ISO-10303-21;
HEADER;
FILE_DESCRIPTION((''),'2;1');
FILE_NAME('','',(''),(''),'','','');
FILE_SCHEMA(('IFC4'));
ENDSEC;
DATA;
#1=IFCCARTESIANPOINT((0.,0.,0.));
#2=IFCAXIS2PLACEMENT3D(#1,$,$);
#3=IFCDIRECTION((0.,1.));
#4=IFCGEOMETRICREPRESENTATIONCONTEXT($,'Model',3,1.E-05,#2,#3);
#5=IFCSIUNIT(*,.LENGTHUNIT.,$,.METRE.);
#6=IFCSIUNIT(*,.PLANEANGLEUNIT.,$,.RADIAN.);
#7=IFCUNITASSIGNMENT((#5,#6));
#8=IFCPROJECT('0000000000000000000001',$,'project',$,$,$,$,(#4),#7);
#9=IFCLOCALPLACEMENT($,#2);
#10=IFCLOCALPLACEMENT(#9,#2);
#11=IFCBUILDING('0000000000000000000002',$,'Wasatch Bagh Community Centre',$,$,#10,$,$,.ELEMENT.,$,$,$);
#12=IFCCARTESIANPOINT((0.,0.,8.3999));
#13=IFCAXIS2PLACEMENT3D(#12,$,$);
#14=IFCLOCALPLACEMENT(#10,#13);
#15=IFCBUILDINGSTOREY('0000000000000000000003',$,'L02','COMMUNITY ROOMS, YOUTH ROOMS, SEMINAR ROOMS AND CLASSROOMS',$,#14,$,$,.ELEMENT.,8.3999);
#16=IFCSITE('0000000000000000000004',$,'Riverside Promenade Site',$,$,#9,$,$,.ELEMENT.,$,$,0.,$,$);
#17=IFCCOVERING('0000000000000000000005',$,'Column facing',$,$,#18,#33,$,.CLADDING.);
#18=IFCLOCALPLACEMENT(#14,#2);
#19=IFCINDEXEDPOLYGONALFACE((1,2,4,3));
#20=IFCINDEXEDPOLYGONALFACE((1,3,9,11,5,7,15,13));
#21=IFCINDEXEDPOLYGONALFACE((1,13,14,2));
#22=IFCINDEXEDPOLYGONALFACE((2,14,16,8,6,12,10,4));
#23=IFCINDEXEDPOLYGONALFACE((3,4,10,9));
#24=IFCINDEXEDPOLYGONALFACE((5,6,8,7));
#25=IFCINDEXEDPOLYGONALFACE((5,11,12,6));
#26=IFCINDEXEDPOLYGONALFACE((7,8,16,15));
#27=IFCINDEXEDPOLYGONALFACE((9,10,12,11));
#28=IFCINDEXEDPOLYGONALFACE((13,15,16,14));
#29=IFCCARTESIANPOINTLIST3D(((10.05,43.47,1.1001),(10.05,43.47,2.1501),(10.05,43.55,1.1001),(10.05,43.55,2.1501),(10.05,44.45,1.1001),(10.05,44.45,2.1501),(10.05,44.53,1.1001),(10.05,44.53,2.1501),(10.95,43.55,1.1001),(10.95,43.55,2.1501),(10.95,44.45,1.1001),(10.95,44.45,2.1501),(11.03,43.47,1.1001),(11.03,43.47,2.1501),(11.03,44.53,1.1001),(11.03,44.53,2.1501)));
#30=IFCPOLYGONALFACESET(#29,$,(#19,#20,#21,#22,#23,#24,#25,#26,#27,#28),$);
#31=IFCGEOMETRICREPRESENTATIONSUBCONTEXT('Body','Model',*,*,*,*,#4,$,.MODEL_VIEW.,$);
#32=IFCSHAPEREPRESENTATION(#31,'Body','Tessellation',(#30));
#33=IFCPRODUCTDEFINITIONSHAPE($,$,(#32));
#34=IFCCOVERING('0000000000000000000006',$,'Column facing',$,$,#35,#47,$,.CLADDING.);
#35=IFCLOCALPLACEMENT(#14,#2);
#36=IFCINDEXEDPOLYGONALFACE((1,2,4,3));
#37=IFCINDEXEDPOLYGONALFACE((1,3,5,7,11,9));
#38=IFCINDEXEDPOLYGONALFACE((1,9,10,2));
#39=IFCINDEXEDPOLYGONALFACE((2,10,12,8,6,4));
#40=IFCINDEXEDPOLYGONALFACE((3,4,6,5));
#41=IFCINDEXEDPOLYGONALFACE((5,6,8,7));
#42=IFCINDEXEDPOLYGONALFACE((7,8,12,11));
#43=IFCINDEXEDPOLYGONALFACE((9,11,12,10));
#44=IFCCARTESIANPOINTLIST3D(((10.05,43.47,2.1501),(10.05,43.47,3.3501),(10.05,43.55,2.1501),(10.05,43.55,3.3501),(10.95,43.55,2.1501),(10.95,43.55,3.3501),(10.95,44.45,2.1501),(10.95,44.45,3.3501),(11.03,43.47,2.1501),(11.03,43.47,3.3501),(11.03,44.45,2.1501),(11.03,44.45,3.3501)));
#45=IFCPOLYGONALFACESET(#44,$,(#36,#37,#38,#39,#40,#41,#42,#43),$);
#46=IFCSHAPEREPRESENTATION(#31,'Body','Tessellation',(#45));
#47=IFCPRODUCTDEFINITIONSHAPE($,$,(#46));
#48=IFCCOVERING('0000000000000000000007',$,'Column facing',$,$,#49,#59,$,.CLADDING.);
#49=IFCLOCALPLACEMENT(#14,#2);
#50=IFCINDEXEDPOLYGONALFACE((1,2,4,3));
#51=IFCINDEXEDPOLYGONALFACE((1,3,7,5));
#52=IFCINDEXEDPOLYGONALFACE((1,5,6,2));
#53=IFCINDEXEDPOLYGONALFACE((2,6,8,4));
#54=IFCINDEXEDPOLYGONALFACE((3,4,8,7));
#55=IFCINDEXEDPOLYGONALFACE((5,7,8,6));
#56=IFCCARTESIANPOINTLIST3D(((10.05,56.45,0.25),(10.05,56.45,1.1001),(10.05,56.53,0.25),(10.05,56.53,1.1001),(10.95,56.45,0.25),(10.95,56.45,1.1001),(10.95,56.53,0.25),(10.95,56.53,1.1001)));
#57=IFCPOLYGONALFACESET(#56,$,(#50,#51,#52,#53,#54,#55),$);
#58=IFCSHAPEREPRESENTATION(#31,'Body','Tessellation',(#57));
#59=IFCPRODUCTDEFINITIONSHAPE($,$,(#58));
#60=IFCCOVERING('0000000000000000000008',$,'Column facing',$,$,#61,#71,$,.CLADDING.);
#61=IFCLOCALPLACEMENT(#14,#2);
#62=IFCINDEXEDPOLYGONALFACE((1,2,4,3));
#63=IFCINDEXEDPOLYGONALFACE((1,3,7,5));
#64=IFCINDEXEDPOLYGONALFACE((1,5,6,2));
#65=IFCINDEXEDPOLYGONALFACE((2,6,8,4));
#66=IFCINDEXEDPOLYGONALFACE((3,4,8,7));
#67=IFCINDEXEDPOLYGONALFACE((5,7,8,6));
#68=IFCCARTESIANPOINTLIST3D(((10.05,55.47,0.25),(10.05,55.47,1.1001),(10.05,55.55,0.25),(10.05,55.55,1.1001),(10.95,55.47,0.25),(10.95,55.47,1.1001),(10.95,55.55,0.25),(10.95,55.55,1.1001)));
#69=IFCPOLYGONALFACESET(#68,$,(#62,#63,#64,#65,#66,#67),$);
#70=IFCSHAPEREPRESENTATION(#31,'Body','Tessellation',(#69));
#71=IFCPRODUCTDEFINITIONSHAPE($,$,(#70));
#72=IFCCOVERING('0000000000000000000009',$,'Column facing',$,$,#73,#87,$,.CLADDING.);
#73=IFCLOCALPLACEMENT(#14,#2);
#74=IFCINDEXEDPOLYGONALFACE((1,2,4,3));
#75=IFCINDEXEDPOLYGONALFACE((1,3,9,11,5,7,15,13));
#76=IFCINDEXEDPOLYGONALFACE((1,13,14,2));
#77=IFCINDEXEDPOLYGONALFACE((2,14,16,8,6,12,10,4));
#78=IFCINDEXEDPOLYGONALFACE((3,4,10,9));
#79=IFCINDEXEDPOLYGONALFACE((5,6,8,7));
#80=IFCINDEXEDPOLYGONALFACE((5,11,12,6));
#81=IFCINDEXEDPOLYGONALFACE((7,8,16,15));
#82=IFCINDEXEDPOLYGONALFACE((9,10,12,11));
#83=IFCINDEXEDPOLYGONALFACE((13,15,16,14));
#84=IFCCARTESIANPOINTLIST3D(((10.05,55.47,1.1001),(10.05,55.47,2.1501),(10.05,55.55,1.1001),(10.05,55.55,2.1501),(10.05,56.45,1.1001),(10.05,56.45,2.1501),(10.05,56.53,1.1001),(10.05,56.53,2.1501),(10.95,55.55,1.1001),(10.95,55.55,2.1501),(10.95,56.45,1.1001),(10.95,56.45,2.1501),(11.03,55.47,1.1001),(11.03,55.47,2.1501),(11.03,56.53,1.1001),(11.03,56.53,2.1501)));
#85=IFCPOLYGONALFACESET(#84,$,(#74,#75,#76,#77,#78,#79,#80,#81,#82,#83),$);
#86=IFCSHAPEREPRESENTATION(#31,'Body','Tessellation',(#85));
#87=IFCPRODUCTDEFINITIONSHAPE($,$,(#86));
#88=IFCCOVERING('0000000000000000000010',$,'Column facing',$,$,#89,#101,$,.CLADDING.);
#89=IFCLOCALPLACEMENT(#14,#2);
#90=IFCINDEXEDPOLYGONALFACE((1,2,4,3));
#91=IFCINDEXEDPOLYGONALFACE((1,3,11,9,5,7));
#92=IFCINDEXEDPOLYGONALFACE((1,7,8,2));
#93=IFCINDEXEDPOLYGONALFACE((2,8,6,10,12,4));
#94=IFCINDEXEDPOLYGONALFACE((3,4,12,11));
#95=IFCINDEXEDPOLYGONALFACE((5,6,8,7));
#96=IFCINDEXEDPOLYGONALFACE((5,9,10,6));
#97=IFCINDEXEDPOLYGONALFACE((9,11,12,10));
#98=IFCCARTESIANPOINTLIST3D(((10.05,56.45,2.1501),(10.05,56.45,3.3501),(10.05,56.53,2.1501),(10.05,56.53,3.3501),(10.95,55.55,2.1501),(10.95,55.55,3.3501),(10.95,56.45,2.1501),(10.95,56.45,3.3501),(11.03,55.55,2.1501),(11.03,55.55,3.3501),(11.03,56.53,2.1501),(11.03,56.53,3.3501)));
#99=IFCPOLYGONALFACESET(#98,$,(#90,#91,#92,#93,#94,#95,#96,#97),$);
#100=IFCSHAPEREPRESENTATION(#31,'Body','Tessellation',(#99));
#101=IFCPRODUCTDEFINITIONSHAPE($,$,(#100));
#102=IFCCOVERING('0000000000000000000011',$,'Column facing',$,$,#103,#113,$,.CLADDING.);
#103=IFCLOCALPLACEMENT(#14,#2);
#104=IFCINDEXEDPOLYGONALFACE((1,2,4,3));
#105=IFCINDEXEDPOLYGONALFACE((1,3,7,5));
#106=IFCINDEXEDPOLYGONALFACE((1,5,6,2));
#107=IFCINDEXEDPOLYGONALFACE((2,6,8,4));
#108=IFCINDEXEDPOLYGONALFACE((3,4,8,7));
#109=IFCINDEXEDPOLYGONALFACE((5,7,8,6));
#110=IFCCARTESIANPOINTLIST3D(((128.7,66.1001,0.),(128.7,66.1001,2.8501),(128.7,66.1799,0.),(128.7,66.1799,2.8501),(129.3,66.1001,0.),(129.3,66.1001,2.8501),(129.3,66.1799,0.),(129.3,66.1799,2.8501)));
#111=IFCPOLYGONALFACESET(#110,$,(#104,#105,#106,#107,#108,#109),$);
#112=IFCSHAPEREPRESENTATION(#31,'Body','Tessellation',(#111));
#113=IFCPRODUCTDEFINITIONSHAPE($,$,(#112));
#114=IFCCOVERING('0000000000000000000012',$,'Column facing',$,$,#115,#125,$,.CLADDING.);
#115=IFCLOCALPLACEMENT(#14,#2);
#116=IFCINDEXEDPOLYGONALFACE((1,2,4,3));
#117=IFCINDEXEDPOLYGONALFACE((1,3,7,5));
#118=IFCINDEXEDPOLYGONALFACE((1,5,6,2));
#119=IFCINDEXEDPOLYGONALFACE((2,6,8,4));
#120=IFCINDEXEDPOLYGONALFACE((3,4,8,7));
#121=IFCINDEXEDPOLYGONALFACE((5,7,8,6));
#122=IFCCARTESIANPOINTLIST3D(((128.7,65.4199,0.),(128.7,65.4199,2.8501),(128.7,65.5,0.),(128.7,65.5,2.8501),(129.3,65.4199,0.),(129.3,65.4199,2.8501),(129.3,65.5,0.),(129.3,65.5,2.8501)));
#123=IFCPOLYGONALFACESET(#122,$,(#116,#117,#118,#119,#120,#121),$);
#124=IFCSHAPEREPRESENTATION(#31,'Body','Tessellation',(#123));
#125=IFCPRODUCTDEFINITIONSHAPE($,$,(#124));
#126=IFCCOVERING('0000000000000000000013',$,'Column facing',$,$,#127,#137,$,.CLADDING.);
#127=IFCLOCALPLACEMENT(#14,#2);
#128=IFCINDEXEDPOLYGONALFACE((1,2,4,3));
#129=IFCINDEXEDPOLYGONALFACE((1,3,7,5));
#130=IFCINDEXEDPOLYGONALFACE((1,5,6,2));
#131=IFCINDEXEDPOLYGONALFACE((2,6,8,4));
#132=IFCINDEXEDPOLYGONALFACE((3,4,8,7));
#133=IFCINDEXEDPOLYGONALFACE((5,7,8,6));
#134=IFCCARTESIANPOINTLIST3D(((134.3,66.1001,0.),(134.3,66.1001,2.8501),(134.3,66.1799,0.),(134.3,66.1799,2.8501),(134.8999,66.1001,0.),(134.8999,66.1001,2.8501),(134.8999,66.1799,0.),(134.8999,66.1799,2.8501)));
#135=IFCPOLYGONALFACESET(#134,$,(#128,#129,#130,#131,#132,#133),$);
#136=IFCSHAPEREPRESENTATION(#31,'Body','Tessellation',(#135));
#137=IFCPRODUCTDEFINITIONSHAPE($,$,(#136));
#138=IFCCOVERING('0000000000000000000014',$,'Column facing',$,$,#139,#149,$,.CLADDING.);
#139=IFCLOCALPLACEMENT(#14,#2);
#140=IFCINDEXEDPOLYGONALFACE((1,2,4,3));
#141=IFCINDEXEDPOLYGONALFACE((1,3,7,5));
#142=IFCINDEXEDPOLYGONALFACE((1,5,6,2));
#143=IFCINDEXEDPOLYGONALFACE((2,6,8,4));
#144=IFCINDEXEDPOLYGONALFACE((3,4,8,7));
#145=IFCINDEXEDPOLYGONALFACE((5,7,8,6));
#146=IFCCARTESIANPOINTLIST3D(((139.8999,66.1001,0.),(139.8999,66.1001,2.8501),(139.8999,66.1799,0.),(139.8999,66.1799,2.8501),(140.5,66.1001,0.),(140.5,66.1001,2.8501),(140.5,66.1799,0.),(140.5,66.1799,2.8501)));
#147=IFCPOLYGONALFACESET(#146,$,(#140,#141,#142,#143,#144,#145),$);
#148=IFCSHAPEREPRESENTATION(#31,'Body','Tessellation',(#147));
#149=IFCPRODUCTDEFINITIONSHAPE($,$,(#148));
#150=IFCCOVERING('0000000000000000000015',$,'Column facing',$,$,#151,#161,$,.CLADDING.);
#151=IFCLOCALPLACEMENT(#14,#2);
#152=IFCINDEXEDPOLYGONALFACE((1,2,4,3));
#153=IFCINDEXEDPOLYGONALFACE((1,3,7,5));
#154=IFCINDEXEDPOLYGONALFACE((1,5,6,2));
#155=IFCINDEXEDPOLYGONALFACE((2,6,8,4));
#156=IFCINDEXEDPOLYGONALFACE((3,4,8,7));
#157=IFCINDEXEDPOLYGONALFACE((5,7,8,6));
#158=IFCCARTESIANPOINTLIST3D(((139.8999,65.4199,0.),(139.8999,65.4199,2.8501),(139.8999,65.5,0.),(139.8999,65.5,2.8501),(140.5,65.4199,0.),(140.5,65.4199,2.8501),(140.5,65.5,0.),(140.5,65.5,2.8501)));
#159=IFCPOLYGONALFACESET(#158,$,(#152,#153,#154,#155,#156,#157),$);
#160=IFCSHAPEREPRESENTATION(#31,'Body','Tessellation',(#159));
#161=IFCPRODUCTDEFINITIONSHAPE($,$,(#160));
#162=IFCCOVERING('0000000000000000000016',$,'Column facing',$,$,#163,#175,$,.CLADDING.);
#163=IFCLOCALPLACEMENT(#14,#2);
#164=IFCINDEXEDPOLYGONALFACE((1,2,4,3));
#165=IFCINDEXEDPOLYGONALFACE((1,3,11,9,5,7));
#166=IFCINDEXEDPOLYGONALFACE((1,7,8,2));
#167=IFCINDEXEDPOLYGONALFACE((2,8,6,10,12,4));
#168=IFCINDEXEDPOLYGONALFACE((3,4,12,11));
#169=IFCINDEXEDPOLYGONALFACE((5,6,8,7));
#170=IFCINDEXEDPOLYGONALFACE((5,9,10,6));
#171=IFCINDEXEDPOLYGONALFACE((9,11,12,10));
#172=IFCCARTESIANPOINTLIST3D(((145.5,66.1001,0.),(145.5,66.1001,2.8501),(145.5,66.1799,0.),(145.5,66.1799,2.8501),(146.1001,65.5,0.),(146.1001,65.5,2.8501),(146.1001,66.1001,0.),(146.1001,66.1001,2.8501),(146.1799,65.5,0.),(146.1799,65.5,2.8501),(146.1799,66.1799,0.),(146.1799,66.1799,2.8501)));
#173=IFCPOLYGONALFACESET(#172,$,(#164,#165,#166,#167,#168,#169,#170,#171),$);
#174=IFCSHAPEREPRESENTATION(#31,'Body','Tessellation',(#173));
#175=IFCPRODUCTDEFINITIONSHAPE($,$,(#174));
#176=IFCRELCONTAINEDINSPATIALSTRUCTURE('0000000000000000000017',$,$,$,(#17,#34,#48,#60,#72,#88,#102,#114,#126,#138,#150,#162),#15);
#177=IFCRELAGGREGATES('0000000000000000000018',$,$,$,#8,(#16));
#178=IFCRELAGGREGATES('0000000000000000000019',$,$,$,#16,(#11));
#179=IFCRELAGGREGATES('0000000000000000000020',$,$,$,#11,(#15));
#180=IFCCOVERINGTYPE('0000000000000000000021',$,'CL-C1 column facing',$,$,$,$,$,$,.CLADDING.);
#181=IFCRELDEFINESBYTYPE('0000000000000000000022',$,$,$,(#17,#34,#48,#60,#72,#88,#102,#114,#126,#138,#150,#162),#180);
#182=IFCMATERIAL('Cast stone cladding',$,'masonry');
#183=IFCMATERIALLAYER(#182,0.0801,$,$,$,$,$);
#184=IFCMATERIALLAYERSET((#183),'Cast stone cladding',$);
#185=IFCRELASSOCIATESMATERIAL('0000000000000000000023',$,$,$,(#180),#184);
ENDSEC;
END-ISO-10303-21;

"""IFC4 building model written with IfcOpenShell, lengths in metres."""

from ifc_helpers import new_model, si_unit, direction, frame, origin, place, context, subcontext, project, spatial, polyline, outline, extrude, material, layer, layer_set, type_object, element, save


model = new_model("IFC4")

# Units and contexts
model_context = context("Model", 3, precision=1e-05, world=origin(), true_north=direction((0.0, 1.0)))
body_context = subcontext(model_context, "Body", "Model", "MODEL_VIEW")
ifc_project = project(units=[si_unit("LENGTHUNIT", "METRE"), si_unit("PLANEANGLEUNIT", "RADIAN")], contexts=[model_context])

# Site, building, storey
site_placement = place(None, origin())
site = spatial("IfcSite", under=ifc_project, at=site_placement, Name="Riverside Promenade Site", CompositionType="ELEMENT", RefElevation=0.0)
building_placement = place(site_placement, origin())
building = spatial("IfcBuilding", under=site, at=building_placement, Name="Wasatch Bagh Community Centre", CompositionType="ELEMENT")
storey_placement = place(building_placement, frame((0.0, 0.0, 8.3999)))
storey = spatial("IfcBuildingStorey", under=building, at=storey_placement, Name="L02", Description="COMMUNITY ROOMS, YOUTH ROOMS, SEMINAR ROOMS AND CLASSROOMS", CompositionType="ELEMENT", Elevation=8.3999)

# Coverings
ifc_material_1 = material(Name="Cast stone cladding", Category="masonry")
ifc_layer_1 = layer(ifc_material_1, 0.0801)
ifc_layer_set_1 = layer_set([ifc_layer_1], Name="Cast stone cladding")
covering_type = type_object("IfcCoveringType", Name="CL-C1 column facing", PredefinedType="CLADDING", material=ifc_layer_set_1)
covering_1_placement = place(storey_placement, frame((0.0, 0.0, 1.1001)))
element("IfcCovering", 1, at=covering_1_placement, inside=storey, type_object=covering_type, Name="Column facing", PredefinedType="CLADDING", context=body_context, shape_type="SweptSolid", body=[
    extrude(outline(polyline([(11.03, 43.47), (10.05, 43.47), (10.05, 43.55), (10.95, 43.55), (10.95, 44.45), (10.05, 44.45), (10.05, 44.53), (11.03, 44.53), (11.03, 43.47)])), origin(), (0.0, 0.0, 1.0), 1.05),
])
covering_2_placement = place(storey_placement, frame((0.0, 0.0, 2.1501)))
element("IfcCovering", 2, at=covering_2_placement, inside=storey, type_object=covering_type, Name="Column facing", PredefinedType="CLADDING", context=body_context, shape_type="SweptSolid", body=[
    extrude(outline(polyline([(10.95, 43.55), (10.95, 44.45), (11.03, 44.45), (11.03, 43.47), (10.05, 43.47), (10.05, 43.55), (10.95, 43.55)])), origin(), (0.0, 0.0, 1.0), 1.2),
])
covering_3_placement = place(storey_placement, frame((0.0, 0.0, 0.25)))
element("IfcCovering", 3, at=covering_3_placement, inside=storey, type_object=covering_type, Name="Column facing", PredefinedType="CLADDING", context=body_context, shape_type="SweptSolid", body=[
    extrude(outline(polyline([(10.05, 56.45), (10.05, 56.53), (10.95, 56.53), (10.95, 56.45), (10.05, 56.45)])), origin(), (0.0, 0.0, 1.0), 0.8501),
])
covering_4_placement = place(storey_placement, frame((0.0, 0.0, 0.25)))
element("IfcCovering", 4, at=covering_4_placement, inside=storey, type_object=covering_type, Name="Column facing", PredefinedType="CLADDING", context=body_context, shape_type="SweptSolid", body=[
    extrude(outline(polyline([(10.95, 55.55), (10.95, 55.47), (10.05, 55.47), (10.05, 55.55), (10.95, 55.55)])), origin(), (0.0, 0.0, 1.0), 0.8501),
])
covering_5_placement = place(storey_placement, frame((0.0, 0.0, 1.1001)))
element("IfcCovering", 5, at=covering_5_placement, inside=storey, type_object=covering_type, Name="Column facing", PredefinedType="CLADDING", context=body_context, shape_type="SweptSolid", body=[
    extrude(outline(polyline([(11.03, 55.47), (10.05, 55.47), (10.05, 55.55), (10.95, 55.55), (10.95, 56.45), (10.05, 56.45), (10.05, 56.53), (11.03, 56.53), (11.03, 55.47)])), origin(), (0.0, 0.0, 1.0), 1.05),
])
covering_6_placement = place(storey_placement, frame((0.0, 0.0, 2.1501)))
element("IfcCovering", 6, at=covering_6_placement, inside=storey, type_object=covering_type, Name="Column facing", PredefinedType="CLADDING", context=body_context, shape_type="SweptSolid", body=[
    extrude(outline(polyline([(10.95, 56.45), (10.05, 56.45), (10.05, 56.53), (11.03, 56.53), (11.03, 55.55), (10.95, 55.55), (10.95, 56.45)])), origin(), (0.0, 0.0, 1.0), 1.2),
])
covering_7_placement = place(storey_placement, origin())
element("IfcCovering", 7, at=covering_7_placement, inside=storey, type_object=covering_type, Name="Column facing", PredefinedType="CLADDING", context=body_context, shape_type="SweptSolid", body=[
    extrude(outline(polyline([(128.7, 66.1001), (128.7, 66.1799), (129.3, 66.1799), (129.3, 66.1001), (128.7, 66.1001)])), origin(), (0.0, 0.0, 1.0), 2.8501),
])
covering_8_placement = place(storey_placement, origin())
element("IfcCovering", 8, at=covering_8_placement, inside=storey, type_object=covering_type, Name="Column facing", PredefinedType="CLADDING", context=body_context, shape_type="SweptSolid", body=[
    extrude(outline(polyline([(129.3, 65.5), (129.3, 65.4199), (128.7, 65.4199), (128.7, 65.5), (129.3, 65.5)])), origin(), (0.0, 0.0, 1.0), 2.8501),
])
covering_9_placement = place(storey_placement, origin())
element("IfcCovering", 9, at=covering_9_placement, inside=storey, type_object=covering_type, Name="Column facing", PredefinedType="CLADDING", context=body_context, shape_type="SweptSolid", body=[
    extrude(outline(polyline([(134.8999, 66.1001), (134.3, 66.1001), (134.3, 66.1799), (134.8999, 66.1799), (134.8999, 66.1001)])), origin(), (0.0, 0.0, 1.0), 2.8501),
])
covering_10_placement = place(storey_placement, origin())
element("IfcCovering", 10, at=covering_10_placement, inside=storey, type_object=covering_type, Name="Column facing", PredefinedType="CLADDING", context=body_context, shape_type="SweptSolid", body=[
    extrude(outline(polyline([(139.8999, 66.1001), (139.8999, 66.1799), (140.5, 66.1799), (140.5, 66.1001), (139.8999, 66.1001)])), origin(), (0.0, 0.0, 1.0), 2.8501),
])
covering_11_placement = place(storey_placement, origin())
element("IfcCovering", 11, at=covering_11_placement, inside=storey, type_object=covering_type, Name="Column facing", PredefinedType="CLADDING", context=body_context, shape_type="SweptSolid", body=[
    extrude(outline(polyline([(140.5, 65.5), (140.5, 65.4199), (139.8999, 65.4199), (139.8999, 65.5), (140.5, 65.5)])), origin(), (0.0, 0.0, 1.0), 2.8501),
])
covering_12_placement = place(storey_placement, origin())
element("IfcCovering", 12, at=covering_12_placement, inside=storey, type_object=covering_type, Name="Column facing", PredefinedType="CLADDING", context=body_context, shape_type="SweptSolid", body=[
    extrude(outline(polyline([(146.1001, 66.1001), (145.5, 66.1001), (145.5, 66.1799), (146.1799, 66.1799), (146.1799, 65.5), (146.1001, 65.5), (146.1001, 66.1001)])), origin(), (0.0, 0.0, 1.0), 2.8501),
])

save(model, "model.ifc")
